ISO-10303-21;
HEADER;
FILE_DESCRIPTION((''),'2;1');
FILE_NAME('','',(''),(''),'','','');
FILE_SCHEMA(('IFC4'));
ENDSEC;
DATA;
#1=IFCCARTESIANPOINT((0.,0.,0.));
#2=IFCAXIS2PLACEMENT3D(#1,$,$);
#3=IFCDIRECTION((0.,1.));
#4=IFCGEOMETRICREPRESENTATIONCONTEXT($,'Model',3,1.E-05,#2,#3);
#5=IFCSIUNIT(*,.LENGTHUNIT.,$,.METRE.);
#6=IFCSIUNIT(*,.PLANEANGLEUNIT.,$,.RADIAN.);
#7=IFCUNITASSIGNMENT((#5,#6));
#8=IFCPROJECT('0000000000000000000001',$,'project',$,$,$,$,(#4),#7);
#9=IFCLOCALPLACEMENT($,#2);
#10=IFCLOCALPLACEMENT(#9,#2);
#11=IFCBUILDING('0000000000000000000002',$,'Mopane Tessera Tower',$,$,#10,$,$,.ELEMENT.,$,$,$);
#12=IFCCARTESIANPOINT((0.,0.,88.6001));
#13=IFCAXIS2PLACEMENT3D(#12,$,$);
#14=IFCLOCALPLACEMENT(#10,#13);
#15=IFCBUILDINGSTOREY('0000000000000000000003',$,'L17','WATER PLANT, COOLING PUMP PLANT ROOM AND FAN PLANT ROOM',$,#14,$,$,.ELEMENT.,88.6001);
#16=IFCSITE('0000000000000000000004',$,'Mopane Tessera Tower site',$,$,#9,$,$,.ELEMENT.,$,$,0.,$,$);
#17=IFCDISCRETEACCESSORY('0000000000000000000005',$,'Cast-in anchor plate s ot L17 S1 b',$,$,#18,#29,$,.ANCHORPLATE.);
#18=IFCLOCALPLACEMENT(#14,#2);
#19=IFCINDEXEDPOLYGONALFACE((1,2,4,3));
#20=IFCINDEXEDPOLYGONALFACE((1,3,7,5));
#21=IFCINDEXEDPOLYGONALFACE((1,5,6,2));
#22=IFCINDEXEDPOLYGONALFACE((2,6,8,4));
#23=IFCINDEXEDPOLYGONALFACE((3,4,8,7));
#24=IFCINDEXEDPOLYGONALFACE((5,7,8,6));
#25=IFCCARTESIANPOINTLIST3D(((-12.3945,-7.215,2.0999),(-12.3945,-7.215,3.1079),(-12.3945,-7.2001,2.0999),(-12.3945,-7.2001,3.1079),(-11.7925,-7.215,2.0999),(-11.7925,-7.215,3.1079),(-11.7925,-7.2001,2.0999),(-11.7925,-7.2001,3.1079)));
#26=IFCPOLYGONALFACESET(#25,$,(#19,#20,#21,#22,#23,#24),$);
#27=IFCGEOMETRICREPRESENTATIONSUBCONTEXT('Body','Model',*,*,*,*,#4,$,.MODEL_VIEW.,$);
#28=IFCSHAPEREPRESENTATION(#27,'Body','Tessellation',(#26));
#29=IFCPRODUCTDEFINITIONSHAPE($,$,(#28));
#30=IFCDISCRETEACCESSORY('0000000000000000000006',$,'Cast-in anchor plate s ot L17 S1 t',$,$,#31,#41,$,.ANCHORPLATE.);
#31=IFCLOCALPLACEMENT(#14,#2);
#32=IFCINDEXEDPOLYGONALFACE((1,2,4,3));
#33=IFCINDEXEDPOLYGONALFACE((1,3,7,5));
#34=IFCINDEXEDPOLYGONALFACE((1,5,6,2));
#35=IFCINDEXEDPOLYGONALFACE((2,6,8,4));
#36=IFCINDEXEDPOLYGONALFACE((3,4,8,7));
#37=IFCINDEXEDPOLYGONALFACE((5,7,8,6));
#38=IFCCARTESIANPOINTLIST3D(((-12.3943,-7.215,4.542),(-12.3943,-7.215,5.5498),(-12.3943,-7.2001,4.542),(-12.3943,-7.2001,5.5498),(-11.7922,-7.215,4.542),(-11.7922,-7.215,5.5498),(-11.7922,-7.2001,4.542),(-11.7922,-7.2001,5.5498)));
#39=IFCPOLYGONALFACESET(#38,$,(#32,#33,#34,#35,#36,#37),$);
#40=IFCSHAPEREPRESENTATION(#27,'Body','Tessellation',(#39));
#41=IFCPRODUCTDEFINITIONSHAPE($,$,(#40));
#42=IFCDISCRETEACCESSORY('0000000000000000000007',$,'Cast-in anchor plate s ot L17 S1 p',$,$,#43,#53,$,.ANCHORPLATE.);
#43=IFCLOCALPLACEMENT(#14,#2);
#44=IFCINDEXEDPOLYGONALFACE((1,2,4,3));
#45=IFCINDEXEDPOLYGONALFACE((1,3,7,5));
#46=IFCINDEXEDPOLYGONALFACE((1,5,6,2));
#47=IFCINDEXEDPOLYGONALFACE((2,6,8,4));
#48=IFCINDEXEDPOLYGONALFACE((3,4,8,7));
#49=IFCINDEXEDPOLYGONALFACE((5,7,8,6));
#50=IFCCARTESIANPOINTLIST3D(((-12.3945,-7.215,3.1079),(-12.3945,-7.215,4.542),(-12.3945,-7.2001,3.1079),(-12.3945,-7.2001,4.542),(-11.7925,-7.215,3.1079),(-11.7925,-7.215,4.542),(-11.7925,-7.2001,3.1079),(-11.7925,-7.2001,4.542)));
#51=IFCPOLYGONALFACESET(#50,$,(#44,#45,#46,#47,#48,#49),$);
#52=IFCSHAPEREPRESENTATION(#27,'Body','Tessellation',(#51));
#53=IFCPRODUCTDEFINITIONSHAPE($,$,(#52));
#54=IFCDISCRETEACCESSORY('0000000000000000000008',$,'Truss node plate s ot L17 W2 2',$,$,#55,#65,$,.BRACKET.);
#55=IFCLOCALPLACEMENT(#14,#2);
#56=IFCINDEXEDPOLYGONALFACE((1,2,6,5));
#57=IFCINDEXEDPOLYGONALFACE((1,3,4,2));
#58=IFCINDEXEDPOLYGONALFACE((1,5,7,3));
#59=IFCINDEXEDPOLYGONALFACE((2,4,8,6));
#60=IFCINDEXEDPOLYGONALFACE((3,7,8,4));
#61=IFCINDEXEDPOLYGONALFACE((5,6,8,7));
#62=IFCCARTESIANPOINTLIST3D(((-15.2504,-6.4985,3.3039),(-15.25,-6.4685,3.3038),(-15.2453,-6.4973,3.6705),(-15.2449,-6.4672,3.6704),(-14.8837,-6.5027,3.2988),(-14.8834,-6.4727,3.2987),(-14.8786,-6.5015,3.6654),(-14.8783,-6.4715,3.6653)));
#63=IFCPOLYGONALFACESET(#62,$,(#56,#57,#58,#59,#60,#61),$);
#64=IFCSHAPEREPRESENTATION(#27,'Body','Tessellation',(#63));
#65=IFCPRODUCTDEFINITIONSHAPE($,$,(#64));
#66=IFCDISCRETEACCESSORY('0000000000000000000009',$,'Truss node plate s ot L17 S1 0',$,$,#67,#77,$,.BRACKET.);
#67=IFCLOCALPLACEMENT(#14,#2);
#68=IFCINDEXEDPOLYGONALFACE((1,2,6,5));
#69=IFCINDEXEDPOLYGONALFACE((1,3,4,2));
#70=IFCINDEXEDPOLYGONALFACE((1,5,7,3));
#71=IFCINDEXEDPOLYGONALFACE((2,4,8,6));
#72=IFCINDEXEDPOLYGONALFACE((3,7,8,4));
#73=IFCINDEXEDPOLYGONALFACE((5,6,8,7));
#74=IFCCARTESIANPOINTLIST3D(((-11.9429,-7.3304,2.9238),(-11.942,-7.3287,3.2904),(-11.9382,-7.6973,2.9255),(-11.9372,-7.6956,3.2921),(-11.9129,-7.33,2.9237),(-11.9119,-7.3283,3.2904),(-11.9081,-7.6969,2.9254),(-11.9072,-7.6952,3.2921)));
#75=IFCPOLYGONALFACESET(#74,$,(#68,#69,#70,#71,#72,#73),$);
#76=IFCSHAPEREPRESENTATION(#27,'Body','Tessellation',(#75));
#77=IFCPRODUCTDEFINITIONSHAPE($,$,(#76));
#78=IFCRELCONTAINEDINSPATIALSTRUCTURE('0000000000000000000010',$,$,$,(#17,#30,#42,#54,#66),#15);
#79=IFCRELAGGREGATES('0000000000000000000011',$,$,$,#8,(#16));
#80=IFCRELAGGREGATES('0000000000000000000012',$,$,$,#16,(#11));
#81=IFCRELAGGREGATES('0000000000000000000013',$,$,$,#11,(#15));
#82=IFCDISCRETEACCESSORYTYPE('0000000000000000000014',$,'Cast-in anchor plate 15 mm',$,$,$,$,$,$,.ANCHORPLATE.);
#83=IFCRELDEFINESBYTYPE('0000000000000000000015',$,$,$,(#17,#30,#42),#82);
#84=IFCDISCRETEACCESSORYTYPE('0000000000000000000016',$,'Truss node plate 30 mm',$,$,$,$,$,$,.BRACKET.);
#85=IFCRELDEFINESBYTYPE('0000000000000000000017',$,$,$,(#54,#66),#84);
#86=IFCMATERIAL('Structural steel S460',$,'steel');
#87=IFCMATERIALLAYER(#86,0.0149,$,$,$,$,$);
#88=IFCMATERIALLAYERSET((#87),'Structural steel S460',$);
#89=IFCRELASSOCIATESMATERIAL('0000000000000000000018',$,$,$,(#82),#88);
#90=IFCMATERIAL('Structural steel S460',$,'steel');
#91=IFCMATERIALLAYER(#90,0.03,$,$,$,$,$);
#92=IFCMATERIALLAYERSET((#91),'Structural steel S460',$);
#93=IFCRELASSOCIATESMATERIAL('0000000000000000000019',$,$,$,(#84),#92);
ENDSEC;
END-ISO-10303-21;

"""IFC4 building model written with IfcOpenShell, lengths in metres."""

from ifc_helpers import new_model, si_unit, direction, frame, origin, origin_2d, place, context, subcontext, project, spatial, rectangle, extrude, material, layer, layer_set, type_object, element, save


model = new_model("IFC4")

# Units and contexts
model_context = context("Model", 3, precision=1e-05, world=origin(), true_north=direction((0.0, 1.0)))
body_context = subcontext(model_context, "Body", "Model", "MODEL_VIEW")
ifc_project = project(units=[si_unit("LENGTHUNIT", "METRE"), si_unit("PLANEANGLEUNIT", "RADIAN")], contexts=[model_context])

# Site, building, storey
site_placement = place(None, origin())
site = spatial("IfcSite", under=ifc_project, at=site_placement, Name="Mopane Tessera Tower site", CompositionType="ELEMENT", RefElevation=0.0)
building_placement = place(site_placement, origin())
building = spatial("IfcBuilding", under=site, at=building_placement, Name="Mopane Tessera Tower", CompositionType="ELEMENT")
storey_placement = place(building_placement, frame((0.0, 0.0, 88.6001)))
storey = spatial("IfcBuildingStorey", under=building, at=storey_placement, Name="L17", Description="WATER PLANT, COOLING PUMP PLANT ROOM AND FAN PLANT ROOM", CompositionType="ELEMENT", Elevation=88.6001)

# Discrete accessories
ifc_material_1 = material(Name="Structural steel S460", Category="steel")
ifc_layer_1 = layer(ifc_material_1, 0.0149)
ifc_layer_set_1 = layer_set([ifc_layer_1], Name="Structural steel S460")
discrete_accessory_type_1 = type_object("IfcDiscreteAccessoryType", Name="Cast-in anchor plate 15 mm", PredefinedType="ANCHORPLATE", material=ifc_layer_set_1)
discrete_accessory_1_placement = place(storey_placement, frame((-12.0935, -7.2075, 2.0999), z_axis=(0.0, 0.0, 1.0), x_axis=(0.0, -1.0, 0.0)))
element("IfcDiscreteAccessory", 1, at=discrete_accessory_1_placement, inside=storey, type_object=discrete_accessory_type_1, Name="Cast-in anchor plate s ot L17 S1 b", PredefinedType="ANCHORPLATE", context=body_context, shape_type="SweptSolid", body=[
    extrude(rectangle(XDim=0.0149, YDim=0.6021, at=origin_2d()), origin(), (0.0, 0.0, 1.0), 1.0081),
])
discrete_accessory_2_placement = place(storey_placement, frame((-12.0933, -7.2075, 4.542), z_axis=(0.0, 0.0, 1.0), x_axis=(0.0, -1.0, 0.0)))
element("IfcDiscreteAccessory", 2, at=discrete_accessory_2_placement, inside=storey, type_object=discrete_accessory_type_1, Name="Cast-in anchor plate s ot L17 S1 t", PredefinedType="ANCHORPLATE", context=body_context, shape_type="SweptSolid", body=[
    extrude(rectangle(XDim=0.0149, YDim=0.6021, at=origin_2d()), origin(), (0.0, 0.0, 1.0), 1.0078),
])
discrete_accessory_3_placement = place(storey_placement, frame((-12.0935, -7.2075, 3.1079), z_axis=(0.0, 0.0, 1.0), x_axis=(0.0, -1.0, 0.0)))
element("IfcDiscreteAccessory", 3, at=discrete_accessory_3_placement, inside=storey, type_object=discrete_accessory_type_1, Name="Cast-in anchor plate s ot L17 S1 p", PredefinedType="ANCHORPLATE", context=body_context, shape_type="SweptSolid", body=[
    extrude(rectangle(XDim=0.0149, YDim=0.6021, at=origin_2d()), origin(), (0.0, 0.0, 1.0), 1.4341),
])
ifc_material_2 = material(Name="Structural steel S460", Category="steel")
ifc_layer_2 = layer(ifc_material_2, 0.03)
ifc_layer_set_2 = layer_set([ifc_layer_2], Name="Structural steel S460")
discrete_accessory_type_2 = type_object("IfcDiscreteAccessoryType", Name="Truss node plate 30 mm", PredefinedType="BRACKET", material=ifc_layer_set_2)
discrete_accessory_4_placement = place(storey_placement, frame((-15.0669, -6.4856, 3.3013), z_axis=(0.01398, 0.003329, 0.999897), x_axis=(-0.01153, -0.999927, 0.00349)))
element("IfcDiscreteAccessory", 4, at=discrete_accessory_4_placement, inside=storey, type_object=discrete_accessory_type_2, Name="Truss node plate s ot L17 W2 2", PredefinedType="BRACKET", context=body_context, shape_type="SweptSolid", body=[
    extrude(rectangle(XDim=0.03, YDim=0.3667, at=origin_2d()), origin(), (0.0, 0.0, 1.0), 0.3667),
])
discrete_accessory_5_placement = place(storey_placement, frame((-11.9255, -7.5137, 2.9246), z_axis=(0.002663, 0.00466, 0.999986), x_axis=(0.999912, 0.012966, -0.002723)))
element("IfcDiscreteAccessory", 5, at=discrete_accessory_5_placement, inside=storey, type_object=discrete_accessory_type_2, Name="Truss node plate s ot L17 S1 0", PredefinedType="BRACKET", context=body_context, shape_type="SweptSolid", body=[
    extrude(rectangle(XDim=0.03, YDim=0.3669, at=origin_2d()), origin(), (0.0, 0.0, 1.0), 0.3667),
])

save(model, "model.ifc")
